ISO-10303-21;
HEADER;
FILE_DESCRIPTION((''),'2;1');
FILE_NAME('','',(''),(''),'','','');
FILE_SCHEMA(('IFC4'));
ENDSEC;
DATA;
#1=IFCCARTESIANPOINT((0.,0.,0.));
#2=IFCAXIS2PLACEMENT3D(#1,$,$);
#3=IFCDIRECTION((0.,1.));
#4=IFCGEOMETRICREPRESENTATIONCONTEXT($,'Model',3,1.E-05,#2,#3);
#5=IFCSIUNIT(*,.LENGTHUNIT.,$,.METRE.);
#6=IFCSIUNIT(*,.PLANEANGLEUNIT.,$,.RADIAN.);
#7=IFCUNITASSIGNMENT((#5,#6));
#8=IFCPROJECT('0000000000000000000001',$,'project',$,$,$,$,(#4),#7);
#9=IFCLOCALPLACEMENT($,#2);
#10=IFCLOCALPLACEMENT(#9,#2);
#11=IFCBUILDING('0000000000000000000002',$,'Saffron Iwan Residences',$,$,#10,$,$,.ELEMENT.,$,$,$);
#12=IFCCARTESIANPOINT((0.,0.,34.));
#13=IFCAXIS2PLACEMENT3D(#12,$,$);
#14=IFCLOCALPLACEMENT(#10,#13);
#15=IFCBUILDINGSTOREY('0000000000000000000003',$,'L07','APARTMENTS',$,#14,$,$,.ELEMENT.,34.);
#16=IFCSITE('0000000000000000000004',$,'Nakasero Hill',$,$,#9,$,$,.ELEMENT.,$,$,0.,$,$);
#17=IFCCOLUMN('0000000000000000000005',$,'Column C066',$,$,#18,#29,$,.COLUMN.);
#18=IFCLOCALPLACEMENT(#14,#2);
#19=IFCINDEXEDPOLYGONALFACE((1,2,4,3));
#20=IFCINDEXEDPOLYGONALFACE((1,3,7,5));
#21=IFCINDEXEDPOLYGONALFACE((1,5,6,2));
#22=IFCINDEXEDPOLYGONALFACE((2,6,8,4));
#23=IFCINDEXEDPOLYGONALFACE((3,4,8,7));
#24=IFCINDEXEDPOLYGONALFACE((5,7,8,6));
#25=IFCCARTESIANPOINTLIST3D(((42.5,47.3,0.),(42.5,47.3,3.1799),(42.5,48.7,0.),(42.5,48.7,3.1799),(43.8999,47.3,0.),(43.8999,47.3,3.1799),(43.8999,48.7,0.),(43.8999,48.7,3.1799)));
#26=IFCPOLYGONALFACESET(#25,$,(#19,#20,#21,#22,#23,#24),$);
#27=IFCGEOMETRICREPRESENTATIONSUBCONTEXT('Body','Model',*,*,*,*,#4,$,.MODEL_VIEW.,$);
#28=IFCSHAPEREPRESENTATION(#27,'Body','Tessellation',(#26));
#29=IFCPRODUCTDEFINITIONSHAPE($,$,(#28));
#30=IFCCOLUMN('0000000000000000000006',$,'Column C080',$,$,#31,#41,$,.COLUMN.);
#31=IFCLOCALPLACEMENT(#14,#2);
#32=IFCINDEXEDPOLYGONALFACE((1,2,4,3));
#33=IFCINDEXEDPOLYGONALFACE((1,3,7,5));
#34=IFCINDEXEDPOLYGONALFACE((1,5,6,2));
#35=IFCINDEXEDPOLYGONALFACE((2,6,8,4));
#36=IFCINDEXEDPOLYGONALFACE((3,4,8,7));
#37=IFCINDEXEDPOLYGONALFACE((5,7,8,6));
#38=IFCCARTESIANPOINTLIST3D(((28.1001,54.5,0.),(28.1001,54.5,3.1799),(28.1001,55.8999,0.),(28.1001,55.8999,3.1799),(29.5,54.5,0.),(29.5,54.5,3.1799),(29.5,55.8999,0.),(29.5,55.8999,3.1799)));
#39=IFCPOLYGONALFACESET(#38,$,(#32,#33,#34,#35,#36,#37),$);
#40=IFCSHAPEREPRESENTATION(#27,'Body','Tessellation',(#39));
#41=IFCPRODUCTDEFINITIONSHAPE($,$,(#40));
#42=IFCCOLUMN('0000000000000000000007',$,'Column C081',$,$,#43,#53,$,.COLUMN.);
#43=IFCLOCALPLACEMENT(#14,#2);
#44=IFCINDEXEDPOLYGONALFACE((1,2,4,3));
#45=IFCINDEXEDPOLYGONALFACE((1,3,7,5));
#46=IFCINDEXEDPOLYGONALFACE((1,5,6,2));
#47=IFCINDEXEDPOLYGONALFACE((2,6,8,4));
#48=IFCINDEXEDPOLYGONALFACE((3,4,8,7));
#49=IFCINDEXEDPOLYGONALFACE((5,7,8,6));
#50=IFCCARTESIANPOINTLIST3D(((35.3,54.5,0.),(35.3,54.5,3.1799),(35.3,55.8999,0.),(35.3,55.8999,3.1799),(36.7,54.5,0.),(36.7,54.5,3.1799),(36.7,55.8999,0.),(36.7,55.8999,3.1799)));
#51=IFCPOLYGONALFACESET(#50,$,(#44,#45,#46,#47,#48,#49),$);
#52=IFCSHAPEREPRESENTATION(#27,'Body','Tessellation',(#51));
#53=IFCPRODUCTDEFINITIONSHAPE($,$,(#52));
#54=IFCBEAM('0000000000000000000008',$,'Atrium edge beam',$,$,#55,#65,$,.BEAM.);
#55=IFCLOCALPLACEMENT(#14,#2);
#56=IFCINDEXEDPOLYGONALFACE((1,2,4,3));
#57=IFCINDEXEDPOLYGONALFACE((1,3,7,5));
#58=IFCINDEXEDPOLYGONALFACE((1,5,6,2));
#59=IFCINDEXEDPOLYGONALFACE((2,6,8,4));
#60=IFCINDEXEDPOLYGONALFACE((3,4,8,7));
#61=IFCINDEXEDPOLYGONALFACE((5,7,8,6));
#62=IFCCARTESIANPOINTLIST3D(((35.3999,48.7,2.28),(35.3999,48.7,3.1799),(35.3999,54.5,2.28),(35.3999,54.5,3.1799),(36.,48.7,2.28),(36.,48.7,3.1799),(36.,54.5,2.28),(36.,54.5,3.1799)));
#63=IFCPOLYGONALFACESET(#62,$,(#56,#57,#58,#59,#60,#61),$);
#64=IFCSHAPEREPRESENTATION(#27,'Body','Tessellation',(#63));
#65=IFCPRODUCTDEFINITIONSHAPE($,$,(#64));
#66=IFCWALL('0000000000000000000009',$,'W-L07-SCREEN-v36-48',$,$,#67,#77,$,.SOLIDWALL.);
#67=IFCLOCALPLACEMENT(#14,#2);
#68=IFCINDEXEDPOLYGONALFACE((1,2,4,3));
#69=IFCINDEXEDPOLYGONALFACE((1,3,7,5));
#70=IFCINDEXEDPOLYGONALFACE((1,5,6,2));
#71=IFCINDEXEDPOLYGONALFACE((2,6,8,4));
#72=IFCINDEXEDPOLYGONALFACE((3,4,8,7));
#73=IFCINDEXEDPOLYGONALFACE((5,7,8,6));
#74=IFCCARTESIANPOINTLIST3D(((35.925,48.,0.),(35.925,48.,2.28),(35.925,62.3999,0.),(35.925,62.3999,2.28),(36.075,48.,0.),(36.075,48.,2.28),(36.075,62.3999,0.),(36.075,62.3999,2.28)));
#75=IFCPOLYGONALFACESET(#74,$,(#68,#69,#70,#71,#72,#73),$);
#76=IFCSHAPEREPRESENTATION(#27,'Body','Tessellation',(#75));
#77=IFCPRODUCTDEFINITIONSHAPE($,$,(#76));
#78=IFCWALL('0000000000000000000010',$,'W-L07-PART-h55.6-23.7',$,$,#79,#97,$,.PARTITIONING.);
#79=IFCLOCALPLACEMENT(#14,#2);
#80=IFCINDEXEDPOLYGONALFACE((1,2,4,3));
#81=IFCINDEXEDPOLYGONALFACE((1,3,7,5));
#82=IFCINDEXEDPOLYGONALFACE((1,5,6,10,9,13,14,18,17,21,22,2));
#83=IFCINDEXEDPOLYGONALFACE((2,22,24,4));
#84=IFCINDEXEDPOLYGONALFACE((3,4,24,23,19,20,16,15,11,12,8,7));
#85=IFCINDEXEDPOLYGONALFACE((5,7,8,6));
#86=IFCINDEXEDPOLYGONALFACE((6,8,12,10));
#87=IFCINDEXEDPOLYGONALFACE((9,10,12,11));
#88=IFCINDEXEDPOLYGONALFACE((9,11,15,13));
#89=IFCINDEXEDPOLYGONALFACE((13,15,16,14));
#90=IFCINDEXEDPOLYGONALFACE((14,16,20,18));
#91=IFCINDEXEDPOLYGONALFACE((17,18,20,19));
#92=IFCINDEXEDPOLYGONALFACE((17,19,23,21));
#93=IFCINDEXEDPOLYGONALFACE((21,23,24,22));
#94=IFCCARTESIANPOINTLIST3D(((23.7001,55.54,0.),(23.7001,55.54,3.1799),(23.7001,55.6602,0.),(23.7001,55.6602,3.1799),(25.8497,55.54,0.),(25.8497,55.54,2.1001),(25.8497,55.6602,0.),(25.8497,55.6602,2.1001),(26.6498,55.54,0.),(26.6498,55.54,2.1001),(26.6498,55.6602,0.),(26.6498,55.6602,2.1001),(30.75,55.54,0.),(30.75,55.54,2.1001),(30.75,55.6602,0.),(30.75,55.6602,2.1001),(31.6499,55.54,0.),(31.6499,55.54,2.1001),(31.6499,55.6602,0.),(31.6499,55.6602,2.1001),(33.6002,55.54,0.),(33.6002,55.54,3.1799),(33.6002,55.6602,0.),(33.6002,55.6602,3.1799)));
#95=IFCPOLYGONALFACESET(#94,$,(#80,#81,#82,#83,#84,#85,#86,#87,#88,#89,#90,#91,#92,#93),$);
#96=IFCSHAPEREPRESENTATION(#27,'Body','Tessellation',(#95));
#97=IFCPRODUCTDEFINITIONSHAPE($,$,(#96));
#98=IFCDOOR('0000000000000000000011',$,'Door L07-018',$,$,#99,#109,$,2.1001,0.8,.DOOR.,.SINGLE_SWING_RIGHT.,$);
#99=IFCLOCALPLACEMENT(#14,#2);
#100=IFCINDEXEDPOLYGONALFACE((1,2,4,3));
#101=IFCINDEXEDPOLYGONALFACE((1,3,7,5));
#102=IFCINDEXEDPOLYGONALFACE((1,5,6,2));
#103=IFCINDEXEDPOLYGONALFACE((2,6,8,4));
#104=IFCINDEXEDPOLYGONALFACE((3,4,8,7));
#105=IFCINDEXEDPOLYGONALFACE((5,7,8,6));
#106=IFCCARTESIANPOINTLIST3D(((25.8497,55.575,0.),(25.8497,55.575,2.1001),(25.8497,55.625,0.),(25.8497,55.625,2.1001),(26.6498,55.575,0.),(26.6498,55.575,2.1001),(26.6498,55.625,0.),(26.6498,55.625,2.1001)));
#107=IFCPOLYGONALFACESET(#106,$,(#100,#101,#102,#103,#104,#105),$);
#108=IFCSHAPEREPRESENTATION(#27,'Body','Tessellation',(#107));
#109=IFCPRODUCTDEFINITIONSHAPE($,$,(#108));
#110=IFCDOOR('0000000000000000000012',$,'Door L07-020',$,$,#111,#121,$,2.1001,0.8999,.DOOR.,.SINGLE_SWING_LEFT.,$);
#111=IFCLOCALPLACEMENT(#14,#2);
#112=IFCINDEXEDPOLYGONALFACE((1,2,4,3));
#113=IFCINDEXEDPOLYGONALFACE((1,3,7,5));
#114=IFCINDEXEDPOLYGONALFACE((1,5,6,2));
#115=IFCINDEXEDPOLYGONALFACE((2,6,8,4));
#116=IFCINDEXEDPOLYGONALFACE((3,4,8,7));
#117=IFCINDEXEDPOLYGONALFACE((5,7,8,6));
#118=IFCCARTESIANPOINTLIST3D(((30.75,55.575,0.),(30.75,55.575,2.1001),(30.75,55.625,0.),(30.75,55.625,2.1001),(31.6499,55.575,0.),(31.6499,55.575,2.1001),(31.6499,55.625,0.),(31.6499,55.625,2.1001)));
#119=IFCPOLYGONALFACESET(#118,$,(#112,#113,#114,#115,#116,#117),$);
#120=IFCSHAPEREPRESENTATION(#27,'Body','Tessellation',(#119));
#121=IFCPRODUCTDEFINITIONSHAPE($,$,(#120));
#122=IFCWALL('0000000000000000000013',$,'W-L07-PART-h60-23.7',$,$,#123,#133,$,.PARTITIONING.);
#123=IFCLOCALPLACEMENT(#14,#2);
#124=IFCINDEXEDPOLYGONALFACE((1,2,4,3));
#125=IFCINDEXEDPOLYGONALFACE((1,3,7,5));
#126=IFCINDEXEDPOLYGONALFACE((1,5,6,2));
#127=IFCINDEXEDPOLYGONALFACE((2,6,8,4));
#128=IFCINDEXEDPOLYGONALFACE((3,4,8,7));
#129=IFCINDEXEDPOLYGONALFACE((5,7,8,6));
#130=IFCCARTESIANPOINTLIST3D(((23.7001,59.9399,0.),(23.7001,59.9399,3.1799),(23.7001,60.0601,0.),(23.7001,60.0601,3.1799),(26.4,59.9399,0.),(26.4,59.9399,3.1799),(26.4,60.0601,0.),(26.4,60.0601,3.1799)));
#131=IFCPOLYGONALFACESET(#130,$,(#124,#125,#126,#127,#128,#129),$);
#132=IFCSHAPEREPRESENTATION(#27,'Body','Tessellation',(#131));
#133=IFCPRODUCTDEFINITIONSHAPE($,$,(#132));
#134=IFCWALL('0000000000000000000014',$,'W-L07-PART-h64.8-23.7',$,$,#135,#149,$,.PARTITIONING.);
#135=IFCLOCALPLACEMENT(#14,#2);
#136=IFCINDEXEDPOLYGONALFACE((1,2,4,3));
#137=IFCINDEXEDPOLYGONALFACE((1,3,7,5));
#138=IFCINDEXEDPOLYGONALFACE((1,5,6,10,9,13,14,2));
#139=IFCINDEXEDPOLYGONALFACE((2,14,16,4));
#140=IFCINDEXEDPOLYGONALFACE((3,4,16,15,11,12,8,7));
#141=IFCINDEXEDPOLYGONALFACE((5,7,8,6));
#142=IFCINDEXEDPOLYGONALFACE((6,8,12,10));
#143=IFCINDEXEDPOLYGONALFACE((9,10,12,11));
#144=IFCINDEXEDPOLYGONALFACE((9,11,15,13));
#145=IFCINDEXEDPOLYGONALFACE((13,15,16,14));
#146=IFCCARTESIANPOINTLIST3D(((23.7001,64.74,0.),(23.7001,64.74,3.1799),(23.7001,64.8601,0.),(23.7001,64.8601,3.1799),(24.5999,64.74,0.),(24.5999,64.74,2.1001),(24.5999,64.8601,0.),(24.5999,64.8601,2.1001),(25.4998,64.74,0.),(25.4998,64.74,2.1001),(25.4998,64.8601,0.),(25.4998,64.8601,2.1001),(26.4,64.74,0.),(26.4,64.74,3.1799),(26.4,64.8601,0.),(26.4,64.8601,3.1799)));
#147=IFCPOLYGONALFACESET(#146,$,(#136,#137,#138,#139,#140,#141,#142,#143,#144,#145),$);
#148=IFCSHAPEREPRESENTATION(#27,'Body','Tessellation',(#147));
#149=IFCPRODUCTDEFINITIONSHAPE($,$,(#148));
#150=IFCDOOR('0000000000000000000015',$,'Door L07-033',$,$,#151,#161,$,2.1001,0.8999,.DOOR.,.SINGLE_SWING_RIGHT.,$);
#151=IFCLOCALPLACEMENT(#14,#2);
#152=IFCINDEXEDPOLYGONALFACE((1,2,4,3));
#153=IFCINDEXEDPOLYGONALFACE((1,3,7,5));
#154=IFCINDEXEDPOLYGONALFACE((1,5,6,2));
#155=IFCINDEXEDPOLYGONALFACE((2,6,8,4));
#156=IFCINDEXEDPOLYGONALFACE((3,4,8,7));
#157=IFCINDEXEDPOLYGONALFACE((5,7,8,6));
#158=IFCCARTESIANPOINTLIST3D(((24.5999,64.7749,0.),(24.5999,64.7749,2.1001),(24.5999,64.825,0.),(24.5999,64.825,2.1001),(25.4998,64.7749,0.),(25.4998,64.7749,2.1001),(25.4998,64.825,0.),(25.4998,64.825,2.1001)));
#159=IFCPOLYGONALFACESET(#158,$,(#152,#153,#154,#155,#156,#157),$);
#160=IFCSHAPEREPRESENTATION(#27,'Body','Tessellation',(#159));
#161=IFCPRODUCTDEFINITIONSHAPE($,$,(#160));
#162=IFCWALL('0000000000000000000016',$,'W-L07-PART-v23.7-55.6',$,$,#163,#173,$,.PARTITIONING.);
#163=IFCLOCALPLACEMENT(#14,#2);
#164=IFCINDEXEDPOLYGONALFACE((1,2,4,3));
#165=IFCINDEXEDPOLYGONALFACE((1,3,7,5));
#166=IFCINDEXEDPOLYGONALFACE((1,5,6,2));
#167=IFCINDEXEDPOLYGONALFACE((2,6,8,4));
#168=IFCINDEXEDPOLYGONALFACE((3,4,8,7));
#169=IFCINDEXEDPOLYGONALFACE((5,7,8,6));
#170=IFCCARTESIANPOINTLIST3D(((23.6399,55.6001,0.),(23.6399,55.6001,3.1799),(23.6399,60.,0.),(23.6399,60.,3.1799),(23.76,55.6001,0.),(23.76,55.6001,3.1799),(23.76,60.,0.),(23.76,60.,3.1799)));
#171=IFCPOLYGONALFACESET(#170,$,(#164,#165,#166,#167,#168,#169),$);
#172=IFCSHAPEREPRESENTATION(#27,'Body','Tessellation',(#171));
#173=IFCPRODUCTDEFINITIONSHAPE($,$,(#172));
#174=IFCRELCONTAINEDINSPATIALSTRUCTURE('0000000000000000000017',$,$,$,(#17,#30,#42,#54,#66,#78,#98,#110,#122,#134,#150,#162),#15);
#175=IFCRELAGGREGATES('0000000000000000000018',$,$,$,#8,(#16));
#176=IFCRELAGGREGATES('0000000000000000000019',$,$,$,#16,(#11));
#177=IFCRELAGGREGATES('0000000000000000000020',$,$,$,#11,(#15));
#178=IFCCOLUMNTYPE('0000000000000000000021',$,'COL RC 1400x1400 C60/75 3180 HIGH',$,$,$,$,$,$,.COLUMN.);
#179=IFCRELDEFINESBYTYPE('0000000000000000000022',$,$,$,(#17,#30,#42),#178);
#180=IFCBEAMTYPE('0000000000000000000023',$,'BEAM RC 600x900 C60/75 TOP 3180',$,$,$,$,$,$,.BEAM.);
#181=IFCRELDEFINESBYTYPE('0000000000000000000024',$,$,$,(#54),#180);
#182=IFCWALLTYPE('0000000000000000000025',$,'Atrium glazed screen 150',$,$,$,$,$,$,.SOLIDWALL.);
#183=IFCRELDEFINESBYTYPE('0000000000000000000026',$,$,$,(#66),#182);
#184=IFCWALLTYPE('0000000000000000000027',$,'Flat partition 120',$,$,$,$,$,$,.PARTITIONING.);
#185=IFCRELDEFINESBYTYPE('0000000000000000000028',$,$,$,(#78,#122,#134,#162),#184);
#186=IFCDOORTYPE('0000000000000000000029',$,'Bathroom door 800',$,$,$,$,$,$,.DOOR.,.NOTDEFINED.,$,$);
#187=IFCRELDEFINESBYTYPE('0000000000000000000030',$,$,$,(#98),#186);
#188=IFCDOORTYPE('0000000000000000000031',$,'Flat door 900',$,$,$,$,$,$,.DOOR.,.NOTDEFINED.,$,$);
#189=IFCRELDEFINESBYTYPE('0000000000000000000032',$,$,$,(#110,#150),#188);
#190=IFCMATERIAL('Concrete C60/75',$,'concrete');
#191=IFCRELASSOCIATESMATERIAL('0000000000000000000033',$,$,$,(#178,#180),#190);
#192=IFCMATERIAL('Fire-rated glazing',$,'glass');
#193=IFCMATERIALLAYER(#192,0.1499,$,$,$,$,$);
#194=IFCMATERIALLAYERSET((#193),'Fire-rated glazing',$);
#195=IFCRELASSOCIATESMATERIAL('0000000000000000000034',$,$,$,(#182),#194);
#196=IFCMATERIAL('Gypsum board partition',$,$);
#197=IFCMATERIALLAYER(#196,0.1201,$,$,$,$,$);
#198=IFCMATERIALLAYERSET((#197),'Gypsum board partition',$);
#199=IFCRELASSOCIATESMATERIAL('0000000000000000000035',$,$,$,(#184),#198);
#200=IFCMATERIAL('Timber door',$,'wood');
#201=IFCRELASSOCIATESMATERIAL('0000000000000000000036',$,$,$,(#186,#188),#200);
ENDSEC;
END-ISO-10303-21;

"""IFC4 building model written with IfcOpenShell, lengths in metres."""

from ifc_helpers import new_model, si_unit, direction, frame, frame_2d, origin, origin_2d, place, context, subcontext, project, spatial, rectangle, extrude, source, transform, mapped, material, layer, layer_set, material_profile, profile_set, type_object, element, fill, save


model = new_model("IFC4")

# Units and contexts
model_context = context("Model", 3, precision=1e-05, world=origin(), true_north=direction((0.0, 1.0)))
body_context = subcontext(model_context, "Body", "Model", "MODEL_VIEW")
ifc_project = project(units=[si_unit("LENGTHUNIT", "METRE"), si_unit("PLANEANGLEUNIT", "RADIAN")], contexts=[model_context])

# Site, building, storey
site_placement = place(None, origin())
site = spatial("IfcSite", under=ifc_project, at=site_placement, Name="Nakasero Hill", CompositionType="ELEMENT", RefElevation=0.0)
building_placement = place(site_placement, origin())
building = spatial("IfcBuilding", under=site, at=building_placement, Name="Saffron Iwan Residences", CompositionType="ELEMENT")
storey_placement = place(building_placement, frame((0.0, 0.0, 34.0)))
storey = spatial("IfcBuildingStorey", under=building, at=storey_placement, Name="L07", Description="APARTMENTS", CompositionType="ELEMENT", Elevation=34.0)

# Columns
ifc_material_1 = material(Name="Concrete C60/75", Category="concrete")
ifc_material_profile_1 = material_profile(ifc_material_1, rectangle(XDim=1.3999, YDim=1.3999, at=origin_2d()), Name="RC 1400x1400")
ifc_profile_set_1 = profile_set([ifc_material_profile_1], Name="Concrete C60/75")
column_type = type_object("IfcColumnType", Name="COL RC 1400x1400 C60/75 3180 HIGH", PredefinedType="COLUMN", material=ifc_profile_set_1)
shared_shape_1 = source(origin(), body_context, "Body", "SweptSolid", [
    extrude(rectangle(XDim=1.3999, YDim=1.3999, at=origin_2d()), origin(), (0.0, 0.0, 1.0), 3.1799),
])
for number, where, z_axis, x_axis, name in (
    (1, (43.2, 48.0, 0.0), (0.0, 0.0, 1.0), (1.0, 0.0, 0.0), "Column C066"),
    (2, (28.8, 55.2, 0.0), (0.0, 0.0, 1.0), (1.0, 0.0, 0.0), "Column C080"),
    (3, (36.0, 55.2, 0.0), (0.0, 0.0, 1.0), (1.0, 0.0, 0.0), "Column C081"),
):
    element("IfcColumn", number, at=place(storey_placement, frame(where, z_axis=z_axis, x_axis=x_axis)), inside=storey, type_object=column_type, Name=name, PredefinedType="COLUMN", context=body_context, shape_type="MappedRepresentation", body=[
        mapped(shared_shape_1, transform((0.0, 0.0, 0.0))),
    ])

# Beam
ifc_material_profile_2 = material_profile(ifc_material_1, rectangle(XDim=0.6001, YDim=0.8999, at=origin_2d()), Name="RC 600x900")
ifc_profile_set_2 = profile_set([ifc_material_profile_2], Name="Concrete C60/75")
beam_type = type_object("IfcBeamType", Name="BEAM RC 600x900 C60/75 TOP 3180", PredefinedType="BEAM", material=ifc_profile_set_2)
shared_shape_2 = source(origin(), body_context, "Body", "SweptSolid", [
    extrude(rectangle(XDim=0.6001, YDim=0.8999, at=origin_2d()), origin(), (0.0, 0.0, 1.0), 5.8),
])
beam_placement = place(storey_placement, frame((35.7, 48.7, 2.73), z_axis=(0.0, 1.0, 0.0), x_axis=(-1.0, 0.0, 0.0)))
element("IfcBeam", 4, at=beam_placement, inside=storey, type_object=beam_type, Name="Atrium edge beam", PredefinedType="BEAM", context=body_context, shape_type="MappedRepresentation", body=[
    mapped(shared_shape_2, transform((0.0, 0.0, 0.0))),
])

# Wall
ifc_material_2 = material(Name="Fire-rated glazing", Category="glass")
ifc_layer_1 = layer(ifc_material_2, 0.1499)
ifc_layer_set_1 = layer_set([ifc_layer_1], Name="Fire-rated glazing")
wall_type_1 = type_object("IfcWallType", Name="Atrium glazed screen 150", PredefinedType="SOLIDWALL", material=ifc_layer_set_1)
wall_1_placement = place(storey_placement, frame((36.0, 48.0, 0.0), z_axis=(0.0, 0.0, 1.0), x_axis=(0.0, 1.0, 0.0)))
element("IfcWall", 5, at=wall_1_placement, inside=storey, type_object=wall_type_1, Name="W-L07-SCREEN-v36-48", PredefinedType="SOLIDWALL", context=body_context, shape_type="SweptSolid", body=[
    extrude(rectangle(XDim=14.3999, YDim=0.1499, at=frame_2d((7.2, 0.0))), origin(), (0.0, 0.0, 1.0), 2.28),
])

# Wall, openings, doors
ifc_material_3 = material(Name="Gypsum board partition")
ifc_layer_2 = layer(ifc_material_3, 0.1201)
ifc_layer_set_2 = layer_set([ifc_layer_2], Name="Gypsum board partition")
wall_type_2 = type_object("IfcWallType", Name="Flat partition 120", PredefinedType="PARTITIONING", material=ifc_layer_set_2)
wall_2_placement = place(storey_placement, frame((23.7, 55.6001, 0.0), z_axis=(0.0, 0.0, 1.0), x_axis=(1.0, 0.0, 0.0)))
wall_2 = element("IfcWall", 6, at=wall_2_placement, inside=storey, type_object=wall_type_2, Name="W-L07-PART-h55.6-23.7", PredefinedType="PARTITIONING", context=body_context, shape_type="SweptSolid", body=[
    extrude(rectangle(XDim=9.9001, YDim=0.1201, at=frame_2d((4.9502, 0.0))), origin(), (0.0, 0.0, 1.0), 3.1799),
])
opening_1_placement = place(wall_2_placement, frame((2.1499, 0.0, 0.0)))
opening_1 = element("IfcOpeningElement", 7, at=opening_1_placement, cuts=wall_2, PredefinedType="OPENING", context=body_context, shape_type="SweptSolid", body=[
    extrude(rectangle(XDim=0.8, YDim=2.1001, at=frame_2d((0.3999, 1.05))), frame((0.0, 0.0701, 0.0), z_axis=(0.0, -1.0, 0.0), x_axis=(1.0, 0.0, 0.0)), (0.0, 0.0, 1.0), 0.1401),
])
opening_2_placement = place(wall_2_placement, frame((7.05, 0.0, 0.0)))
opening_2 = element("IfcOpeningElement", 8, at=opening_2_placement, cuts=wall_2, PredefinedType="OPENING", context=body_context, shape_type="SweptSolid", body=[
    extrude(rectangle(XDim=0.8999, YDim=2.1001, at=frame_2d((0.45, 1.05))), frame((0.0, 0.0701, 0.0), z_axis=(0.0, -1.0, 0.0), x_axis=(1.0, 0.0, 0.0)), (0.0, 0.0, 1.0), 0.1401),
])
ifc_material_4 = material(Name="Timber door", Category="wood")
door_type_1 = type_object("IfcDoorType", Name="Bathroom door 800", OperationType="NOTDEFINED", PredefinedType="DOOR", material=ifc_material_4)
door_1_placement = place(opening_1_placement, origin())
door_1 = element("IfcDoor", 9, at=door_1_placement, inside=storey, type_object=door_type_1, Name="Door L07-018", OperationType="SINGLE_SWING_RIGHT", OverallHeight=2.1001, OverallWidth=0.8, PredefinedType="DOOR", context=body_context, shape_type="SweptSolid", body=[
    extrude(rectangle(XDim=0.8, YDim=2.1001, at=frame_2d((0.3999, 1.05))), frame((0.0, 0.0249, 0.0), z_axis=(0.0, -1.0, 0.0), x_axis=(1.0, 0.0, 0.0)), (0.0, 0.0, 1.0), 0.05),
])
fill(opening_1, door_1)
door_type_2 = type_object("IfcDoorType", Name="Flat door 900", OperationType="NOTDEFINED", PredefinedType="DOOR", material=ifc_material_4)
door_2_placement = place(opening_2_placement, origin())
door_2 = element("IfcDoor", 10, at=door_2_placement, inside=storey, type_object=door_type_2, Name="Door L07-020", OperationType="SINGLE_SWING_LEFT", OverallHeight=2.1001, OverallWidth=0.8999, PredefinedType="DOOR", context=body_context, shape_type="SweptSolid", body=[
    extrude(rectangle(XDim=0.8999, YDim=2.1001, at=frame_2d((0.45, 1.05))), frame((0.0, 0.0249, 0.0), z_axis=(0.0, -1.0, 0.0), x_axis=(1.0, 0.0, 0.0)), (0.0, 0.0, 1.0), 0.05),
])
fill(opening_2, door_2)

# Wall
wall_3_placement = place(storey_placement, frame((23.7, 60.0, 0.0), z_axis=(0.0, 0.0, 1.0), x_axis=(1.0, 0.0, 0.0)))
element("IfcWall", 11, at=wall_3_placement, inside=storey, type_object=wall_type_2, Name="W-L07-PART-h60-23.7", PredefinedType="PARTITIONING", context=body_context, shape_type="SweptSolid", body=[
    extrude(rectangle(XDim=2.7, YDim=0.1201, at=frame_2d((1.3501, 0.0))), origin(), (0.0, 0.0, 1.0), 3.1799),
])

# Wall, opening, door
wall_4_placement = place(storey_placement, frame((23.7, 64.8, 0.0), z_axis=(0.0, 0.0, 1.0), x_axis=(1.0, 0.0, 0.0)))
wall_4 = element("IfcWall", 12, at=wall_4_placement, inside=storey, type_object=wall_type_2, Name="W-L07-PART-h64.8-23.7", PredefinedType="PARTITIONING", context=body_context, shape_type="SweptSolid", body=[
    extrude(rectangle(XDim=2.7, YDim=0.1201, at=frame_2d((1.3501, 0.0))), origin(), (0.0, 0.0, 1.0), 3.1799),
])
opening_3_placement = place(wall_4_placement, frame((0.8999, 0.0, 0.0)))
opening_3 = element("IfcOpeningElement", 13, at=opening_3_placement, cuts=wall_4, PredefinedType="OPENING", context=body_context, shape_type="SweptSolid", body=[
    extrude(rectangle(XDim=0.8999, YDim=2.1001, at=frame_2d((0.45, 1.05))), frame((0.0, 0.0701, 0.0), z_axis=(0.0, -1.0, 0.0), x_axis=(1.0, 0.0, 0.0)), (0.0, 0.0, 1.0), 0.1401),
])
door_3_placement = place(opening_3_placement, origin())
door_3 = element("IfcDoor", 14, at=door_3_placement, inside=storey, type_object=door_type_2, Name="Door L07-033", OperationType="SINGLE_SWING_RIGHT", OverallHeight=2.1001, OverallWidth=0.8999, PredefinedType="DOOR", context=body_context, shape_type="SweptSolid", body=[
    extrude(rectangle(XDim=0.8999, YDim=2.1001, at=frame_2d((0.45, 1.05))), frame((0.0, 0.0249, 0.0), z_axis=(0.0, -1.0, 0.0), x_axis=(1.0, 0.0, 0.0)), (0.0, 0.0, 1.0), 0.05),
])
fill(opening_3, door_3)

# Wall
for number, where, z_axis, x_axis, name in (
    (15, (23.7, 55.6001, 0.0), (0.0, 0.0, 1.0), (0.0, 1.0, 0.0), "W-L07-PART-v23.7-55.6"),
):
    element("IfcWall", number, at=place(storey_placement, frame(where, z_axis=z_axis, x_axis=x_axis)), inside=storey, type_object=wall_type_2, Name=name, PredefinedType="PARTITIONING", context=body_context, shape_type="SweptSolid", body=[
        extrude(rectangle(XDim=4.3999, YDim=0.1201, at=frame_2d((2.2, 0.0))), origin(), (0.0, 0.0, 1.0), 3.1799),
    ])

save(model, "model.ifc")
